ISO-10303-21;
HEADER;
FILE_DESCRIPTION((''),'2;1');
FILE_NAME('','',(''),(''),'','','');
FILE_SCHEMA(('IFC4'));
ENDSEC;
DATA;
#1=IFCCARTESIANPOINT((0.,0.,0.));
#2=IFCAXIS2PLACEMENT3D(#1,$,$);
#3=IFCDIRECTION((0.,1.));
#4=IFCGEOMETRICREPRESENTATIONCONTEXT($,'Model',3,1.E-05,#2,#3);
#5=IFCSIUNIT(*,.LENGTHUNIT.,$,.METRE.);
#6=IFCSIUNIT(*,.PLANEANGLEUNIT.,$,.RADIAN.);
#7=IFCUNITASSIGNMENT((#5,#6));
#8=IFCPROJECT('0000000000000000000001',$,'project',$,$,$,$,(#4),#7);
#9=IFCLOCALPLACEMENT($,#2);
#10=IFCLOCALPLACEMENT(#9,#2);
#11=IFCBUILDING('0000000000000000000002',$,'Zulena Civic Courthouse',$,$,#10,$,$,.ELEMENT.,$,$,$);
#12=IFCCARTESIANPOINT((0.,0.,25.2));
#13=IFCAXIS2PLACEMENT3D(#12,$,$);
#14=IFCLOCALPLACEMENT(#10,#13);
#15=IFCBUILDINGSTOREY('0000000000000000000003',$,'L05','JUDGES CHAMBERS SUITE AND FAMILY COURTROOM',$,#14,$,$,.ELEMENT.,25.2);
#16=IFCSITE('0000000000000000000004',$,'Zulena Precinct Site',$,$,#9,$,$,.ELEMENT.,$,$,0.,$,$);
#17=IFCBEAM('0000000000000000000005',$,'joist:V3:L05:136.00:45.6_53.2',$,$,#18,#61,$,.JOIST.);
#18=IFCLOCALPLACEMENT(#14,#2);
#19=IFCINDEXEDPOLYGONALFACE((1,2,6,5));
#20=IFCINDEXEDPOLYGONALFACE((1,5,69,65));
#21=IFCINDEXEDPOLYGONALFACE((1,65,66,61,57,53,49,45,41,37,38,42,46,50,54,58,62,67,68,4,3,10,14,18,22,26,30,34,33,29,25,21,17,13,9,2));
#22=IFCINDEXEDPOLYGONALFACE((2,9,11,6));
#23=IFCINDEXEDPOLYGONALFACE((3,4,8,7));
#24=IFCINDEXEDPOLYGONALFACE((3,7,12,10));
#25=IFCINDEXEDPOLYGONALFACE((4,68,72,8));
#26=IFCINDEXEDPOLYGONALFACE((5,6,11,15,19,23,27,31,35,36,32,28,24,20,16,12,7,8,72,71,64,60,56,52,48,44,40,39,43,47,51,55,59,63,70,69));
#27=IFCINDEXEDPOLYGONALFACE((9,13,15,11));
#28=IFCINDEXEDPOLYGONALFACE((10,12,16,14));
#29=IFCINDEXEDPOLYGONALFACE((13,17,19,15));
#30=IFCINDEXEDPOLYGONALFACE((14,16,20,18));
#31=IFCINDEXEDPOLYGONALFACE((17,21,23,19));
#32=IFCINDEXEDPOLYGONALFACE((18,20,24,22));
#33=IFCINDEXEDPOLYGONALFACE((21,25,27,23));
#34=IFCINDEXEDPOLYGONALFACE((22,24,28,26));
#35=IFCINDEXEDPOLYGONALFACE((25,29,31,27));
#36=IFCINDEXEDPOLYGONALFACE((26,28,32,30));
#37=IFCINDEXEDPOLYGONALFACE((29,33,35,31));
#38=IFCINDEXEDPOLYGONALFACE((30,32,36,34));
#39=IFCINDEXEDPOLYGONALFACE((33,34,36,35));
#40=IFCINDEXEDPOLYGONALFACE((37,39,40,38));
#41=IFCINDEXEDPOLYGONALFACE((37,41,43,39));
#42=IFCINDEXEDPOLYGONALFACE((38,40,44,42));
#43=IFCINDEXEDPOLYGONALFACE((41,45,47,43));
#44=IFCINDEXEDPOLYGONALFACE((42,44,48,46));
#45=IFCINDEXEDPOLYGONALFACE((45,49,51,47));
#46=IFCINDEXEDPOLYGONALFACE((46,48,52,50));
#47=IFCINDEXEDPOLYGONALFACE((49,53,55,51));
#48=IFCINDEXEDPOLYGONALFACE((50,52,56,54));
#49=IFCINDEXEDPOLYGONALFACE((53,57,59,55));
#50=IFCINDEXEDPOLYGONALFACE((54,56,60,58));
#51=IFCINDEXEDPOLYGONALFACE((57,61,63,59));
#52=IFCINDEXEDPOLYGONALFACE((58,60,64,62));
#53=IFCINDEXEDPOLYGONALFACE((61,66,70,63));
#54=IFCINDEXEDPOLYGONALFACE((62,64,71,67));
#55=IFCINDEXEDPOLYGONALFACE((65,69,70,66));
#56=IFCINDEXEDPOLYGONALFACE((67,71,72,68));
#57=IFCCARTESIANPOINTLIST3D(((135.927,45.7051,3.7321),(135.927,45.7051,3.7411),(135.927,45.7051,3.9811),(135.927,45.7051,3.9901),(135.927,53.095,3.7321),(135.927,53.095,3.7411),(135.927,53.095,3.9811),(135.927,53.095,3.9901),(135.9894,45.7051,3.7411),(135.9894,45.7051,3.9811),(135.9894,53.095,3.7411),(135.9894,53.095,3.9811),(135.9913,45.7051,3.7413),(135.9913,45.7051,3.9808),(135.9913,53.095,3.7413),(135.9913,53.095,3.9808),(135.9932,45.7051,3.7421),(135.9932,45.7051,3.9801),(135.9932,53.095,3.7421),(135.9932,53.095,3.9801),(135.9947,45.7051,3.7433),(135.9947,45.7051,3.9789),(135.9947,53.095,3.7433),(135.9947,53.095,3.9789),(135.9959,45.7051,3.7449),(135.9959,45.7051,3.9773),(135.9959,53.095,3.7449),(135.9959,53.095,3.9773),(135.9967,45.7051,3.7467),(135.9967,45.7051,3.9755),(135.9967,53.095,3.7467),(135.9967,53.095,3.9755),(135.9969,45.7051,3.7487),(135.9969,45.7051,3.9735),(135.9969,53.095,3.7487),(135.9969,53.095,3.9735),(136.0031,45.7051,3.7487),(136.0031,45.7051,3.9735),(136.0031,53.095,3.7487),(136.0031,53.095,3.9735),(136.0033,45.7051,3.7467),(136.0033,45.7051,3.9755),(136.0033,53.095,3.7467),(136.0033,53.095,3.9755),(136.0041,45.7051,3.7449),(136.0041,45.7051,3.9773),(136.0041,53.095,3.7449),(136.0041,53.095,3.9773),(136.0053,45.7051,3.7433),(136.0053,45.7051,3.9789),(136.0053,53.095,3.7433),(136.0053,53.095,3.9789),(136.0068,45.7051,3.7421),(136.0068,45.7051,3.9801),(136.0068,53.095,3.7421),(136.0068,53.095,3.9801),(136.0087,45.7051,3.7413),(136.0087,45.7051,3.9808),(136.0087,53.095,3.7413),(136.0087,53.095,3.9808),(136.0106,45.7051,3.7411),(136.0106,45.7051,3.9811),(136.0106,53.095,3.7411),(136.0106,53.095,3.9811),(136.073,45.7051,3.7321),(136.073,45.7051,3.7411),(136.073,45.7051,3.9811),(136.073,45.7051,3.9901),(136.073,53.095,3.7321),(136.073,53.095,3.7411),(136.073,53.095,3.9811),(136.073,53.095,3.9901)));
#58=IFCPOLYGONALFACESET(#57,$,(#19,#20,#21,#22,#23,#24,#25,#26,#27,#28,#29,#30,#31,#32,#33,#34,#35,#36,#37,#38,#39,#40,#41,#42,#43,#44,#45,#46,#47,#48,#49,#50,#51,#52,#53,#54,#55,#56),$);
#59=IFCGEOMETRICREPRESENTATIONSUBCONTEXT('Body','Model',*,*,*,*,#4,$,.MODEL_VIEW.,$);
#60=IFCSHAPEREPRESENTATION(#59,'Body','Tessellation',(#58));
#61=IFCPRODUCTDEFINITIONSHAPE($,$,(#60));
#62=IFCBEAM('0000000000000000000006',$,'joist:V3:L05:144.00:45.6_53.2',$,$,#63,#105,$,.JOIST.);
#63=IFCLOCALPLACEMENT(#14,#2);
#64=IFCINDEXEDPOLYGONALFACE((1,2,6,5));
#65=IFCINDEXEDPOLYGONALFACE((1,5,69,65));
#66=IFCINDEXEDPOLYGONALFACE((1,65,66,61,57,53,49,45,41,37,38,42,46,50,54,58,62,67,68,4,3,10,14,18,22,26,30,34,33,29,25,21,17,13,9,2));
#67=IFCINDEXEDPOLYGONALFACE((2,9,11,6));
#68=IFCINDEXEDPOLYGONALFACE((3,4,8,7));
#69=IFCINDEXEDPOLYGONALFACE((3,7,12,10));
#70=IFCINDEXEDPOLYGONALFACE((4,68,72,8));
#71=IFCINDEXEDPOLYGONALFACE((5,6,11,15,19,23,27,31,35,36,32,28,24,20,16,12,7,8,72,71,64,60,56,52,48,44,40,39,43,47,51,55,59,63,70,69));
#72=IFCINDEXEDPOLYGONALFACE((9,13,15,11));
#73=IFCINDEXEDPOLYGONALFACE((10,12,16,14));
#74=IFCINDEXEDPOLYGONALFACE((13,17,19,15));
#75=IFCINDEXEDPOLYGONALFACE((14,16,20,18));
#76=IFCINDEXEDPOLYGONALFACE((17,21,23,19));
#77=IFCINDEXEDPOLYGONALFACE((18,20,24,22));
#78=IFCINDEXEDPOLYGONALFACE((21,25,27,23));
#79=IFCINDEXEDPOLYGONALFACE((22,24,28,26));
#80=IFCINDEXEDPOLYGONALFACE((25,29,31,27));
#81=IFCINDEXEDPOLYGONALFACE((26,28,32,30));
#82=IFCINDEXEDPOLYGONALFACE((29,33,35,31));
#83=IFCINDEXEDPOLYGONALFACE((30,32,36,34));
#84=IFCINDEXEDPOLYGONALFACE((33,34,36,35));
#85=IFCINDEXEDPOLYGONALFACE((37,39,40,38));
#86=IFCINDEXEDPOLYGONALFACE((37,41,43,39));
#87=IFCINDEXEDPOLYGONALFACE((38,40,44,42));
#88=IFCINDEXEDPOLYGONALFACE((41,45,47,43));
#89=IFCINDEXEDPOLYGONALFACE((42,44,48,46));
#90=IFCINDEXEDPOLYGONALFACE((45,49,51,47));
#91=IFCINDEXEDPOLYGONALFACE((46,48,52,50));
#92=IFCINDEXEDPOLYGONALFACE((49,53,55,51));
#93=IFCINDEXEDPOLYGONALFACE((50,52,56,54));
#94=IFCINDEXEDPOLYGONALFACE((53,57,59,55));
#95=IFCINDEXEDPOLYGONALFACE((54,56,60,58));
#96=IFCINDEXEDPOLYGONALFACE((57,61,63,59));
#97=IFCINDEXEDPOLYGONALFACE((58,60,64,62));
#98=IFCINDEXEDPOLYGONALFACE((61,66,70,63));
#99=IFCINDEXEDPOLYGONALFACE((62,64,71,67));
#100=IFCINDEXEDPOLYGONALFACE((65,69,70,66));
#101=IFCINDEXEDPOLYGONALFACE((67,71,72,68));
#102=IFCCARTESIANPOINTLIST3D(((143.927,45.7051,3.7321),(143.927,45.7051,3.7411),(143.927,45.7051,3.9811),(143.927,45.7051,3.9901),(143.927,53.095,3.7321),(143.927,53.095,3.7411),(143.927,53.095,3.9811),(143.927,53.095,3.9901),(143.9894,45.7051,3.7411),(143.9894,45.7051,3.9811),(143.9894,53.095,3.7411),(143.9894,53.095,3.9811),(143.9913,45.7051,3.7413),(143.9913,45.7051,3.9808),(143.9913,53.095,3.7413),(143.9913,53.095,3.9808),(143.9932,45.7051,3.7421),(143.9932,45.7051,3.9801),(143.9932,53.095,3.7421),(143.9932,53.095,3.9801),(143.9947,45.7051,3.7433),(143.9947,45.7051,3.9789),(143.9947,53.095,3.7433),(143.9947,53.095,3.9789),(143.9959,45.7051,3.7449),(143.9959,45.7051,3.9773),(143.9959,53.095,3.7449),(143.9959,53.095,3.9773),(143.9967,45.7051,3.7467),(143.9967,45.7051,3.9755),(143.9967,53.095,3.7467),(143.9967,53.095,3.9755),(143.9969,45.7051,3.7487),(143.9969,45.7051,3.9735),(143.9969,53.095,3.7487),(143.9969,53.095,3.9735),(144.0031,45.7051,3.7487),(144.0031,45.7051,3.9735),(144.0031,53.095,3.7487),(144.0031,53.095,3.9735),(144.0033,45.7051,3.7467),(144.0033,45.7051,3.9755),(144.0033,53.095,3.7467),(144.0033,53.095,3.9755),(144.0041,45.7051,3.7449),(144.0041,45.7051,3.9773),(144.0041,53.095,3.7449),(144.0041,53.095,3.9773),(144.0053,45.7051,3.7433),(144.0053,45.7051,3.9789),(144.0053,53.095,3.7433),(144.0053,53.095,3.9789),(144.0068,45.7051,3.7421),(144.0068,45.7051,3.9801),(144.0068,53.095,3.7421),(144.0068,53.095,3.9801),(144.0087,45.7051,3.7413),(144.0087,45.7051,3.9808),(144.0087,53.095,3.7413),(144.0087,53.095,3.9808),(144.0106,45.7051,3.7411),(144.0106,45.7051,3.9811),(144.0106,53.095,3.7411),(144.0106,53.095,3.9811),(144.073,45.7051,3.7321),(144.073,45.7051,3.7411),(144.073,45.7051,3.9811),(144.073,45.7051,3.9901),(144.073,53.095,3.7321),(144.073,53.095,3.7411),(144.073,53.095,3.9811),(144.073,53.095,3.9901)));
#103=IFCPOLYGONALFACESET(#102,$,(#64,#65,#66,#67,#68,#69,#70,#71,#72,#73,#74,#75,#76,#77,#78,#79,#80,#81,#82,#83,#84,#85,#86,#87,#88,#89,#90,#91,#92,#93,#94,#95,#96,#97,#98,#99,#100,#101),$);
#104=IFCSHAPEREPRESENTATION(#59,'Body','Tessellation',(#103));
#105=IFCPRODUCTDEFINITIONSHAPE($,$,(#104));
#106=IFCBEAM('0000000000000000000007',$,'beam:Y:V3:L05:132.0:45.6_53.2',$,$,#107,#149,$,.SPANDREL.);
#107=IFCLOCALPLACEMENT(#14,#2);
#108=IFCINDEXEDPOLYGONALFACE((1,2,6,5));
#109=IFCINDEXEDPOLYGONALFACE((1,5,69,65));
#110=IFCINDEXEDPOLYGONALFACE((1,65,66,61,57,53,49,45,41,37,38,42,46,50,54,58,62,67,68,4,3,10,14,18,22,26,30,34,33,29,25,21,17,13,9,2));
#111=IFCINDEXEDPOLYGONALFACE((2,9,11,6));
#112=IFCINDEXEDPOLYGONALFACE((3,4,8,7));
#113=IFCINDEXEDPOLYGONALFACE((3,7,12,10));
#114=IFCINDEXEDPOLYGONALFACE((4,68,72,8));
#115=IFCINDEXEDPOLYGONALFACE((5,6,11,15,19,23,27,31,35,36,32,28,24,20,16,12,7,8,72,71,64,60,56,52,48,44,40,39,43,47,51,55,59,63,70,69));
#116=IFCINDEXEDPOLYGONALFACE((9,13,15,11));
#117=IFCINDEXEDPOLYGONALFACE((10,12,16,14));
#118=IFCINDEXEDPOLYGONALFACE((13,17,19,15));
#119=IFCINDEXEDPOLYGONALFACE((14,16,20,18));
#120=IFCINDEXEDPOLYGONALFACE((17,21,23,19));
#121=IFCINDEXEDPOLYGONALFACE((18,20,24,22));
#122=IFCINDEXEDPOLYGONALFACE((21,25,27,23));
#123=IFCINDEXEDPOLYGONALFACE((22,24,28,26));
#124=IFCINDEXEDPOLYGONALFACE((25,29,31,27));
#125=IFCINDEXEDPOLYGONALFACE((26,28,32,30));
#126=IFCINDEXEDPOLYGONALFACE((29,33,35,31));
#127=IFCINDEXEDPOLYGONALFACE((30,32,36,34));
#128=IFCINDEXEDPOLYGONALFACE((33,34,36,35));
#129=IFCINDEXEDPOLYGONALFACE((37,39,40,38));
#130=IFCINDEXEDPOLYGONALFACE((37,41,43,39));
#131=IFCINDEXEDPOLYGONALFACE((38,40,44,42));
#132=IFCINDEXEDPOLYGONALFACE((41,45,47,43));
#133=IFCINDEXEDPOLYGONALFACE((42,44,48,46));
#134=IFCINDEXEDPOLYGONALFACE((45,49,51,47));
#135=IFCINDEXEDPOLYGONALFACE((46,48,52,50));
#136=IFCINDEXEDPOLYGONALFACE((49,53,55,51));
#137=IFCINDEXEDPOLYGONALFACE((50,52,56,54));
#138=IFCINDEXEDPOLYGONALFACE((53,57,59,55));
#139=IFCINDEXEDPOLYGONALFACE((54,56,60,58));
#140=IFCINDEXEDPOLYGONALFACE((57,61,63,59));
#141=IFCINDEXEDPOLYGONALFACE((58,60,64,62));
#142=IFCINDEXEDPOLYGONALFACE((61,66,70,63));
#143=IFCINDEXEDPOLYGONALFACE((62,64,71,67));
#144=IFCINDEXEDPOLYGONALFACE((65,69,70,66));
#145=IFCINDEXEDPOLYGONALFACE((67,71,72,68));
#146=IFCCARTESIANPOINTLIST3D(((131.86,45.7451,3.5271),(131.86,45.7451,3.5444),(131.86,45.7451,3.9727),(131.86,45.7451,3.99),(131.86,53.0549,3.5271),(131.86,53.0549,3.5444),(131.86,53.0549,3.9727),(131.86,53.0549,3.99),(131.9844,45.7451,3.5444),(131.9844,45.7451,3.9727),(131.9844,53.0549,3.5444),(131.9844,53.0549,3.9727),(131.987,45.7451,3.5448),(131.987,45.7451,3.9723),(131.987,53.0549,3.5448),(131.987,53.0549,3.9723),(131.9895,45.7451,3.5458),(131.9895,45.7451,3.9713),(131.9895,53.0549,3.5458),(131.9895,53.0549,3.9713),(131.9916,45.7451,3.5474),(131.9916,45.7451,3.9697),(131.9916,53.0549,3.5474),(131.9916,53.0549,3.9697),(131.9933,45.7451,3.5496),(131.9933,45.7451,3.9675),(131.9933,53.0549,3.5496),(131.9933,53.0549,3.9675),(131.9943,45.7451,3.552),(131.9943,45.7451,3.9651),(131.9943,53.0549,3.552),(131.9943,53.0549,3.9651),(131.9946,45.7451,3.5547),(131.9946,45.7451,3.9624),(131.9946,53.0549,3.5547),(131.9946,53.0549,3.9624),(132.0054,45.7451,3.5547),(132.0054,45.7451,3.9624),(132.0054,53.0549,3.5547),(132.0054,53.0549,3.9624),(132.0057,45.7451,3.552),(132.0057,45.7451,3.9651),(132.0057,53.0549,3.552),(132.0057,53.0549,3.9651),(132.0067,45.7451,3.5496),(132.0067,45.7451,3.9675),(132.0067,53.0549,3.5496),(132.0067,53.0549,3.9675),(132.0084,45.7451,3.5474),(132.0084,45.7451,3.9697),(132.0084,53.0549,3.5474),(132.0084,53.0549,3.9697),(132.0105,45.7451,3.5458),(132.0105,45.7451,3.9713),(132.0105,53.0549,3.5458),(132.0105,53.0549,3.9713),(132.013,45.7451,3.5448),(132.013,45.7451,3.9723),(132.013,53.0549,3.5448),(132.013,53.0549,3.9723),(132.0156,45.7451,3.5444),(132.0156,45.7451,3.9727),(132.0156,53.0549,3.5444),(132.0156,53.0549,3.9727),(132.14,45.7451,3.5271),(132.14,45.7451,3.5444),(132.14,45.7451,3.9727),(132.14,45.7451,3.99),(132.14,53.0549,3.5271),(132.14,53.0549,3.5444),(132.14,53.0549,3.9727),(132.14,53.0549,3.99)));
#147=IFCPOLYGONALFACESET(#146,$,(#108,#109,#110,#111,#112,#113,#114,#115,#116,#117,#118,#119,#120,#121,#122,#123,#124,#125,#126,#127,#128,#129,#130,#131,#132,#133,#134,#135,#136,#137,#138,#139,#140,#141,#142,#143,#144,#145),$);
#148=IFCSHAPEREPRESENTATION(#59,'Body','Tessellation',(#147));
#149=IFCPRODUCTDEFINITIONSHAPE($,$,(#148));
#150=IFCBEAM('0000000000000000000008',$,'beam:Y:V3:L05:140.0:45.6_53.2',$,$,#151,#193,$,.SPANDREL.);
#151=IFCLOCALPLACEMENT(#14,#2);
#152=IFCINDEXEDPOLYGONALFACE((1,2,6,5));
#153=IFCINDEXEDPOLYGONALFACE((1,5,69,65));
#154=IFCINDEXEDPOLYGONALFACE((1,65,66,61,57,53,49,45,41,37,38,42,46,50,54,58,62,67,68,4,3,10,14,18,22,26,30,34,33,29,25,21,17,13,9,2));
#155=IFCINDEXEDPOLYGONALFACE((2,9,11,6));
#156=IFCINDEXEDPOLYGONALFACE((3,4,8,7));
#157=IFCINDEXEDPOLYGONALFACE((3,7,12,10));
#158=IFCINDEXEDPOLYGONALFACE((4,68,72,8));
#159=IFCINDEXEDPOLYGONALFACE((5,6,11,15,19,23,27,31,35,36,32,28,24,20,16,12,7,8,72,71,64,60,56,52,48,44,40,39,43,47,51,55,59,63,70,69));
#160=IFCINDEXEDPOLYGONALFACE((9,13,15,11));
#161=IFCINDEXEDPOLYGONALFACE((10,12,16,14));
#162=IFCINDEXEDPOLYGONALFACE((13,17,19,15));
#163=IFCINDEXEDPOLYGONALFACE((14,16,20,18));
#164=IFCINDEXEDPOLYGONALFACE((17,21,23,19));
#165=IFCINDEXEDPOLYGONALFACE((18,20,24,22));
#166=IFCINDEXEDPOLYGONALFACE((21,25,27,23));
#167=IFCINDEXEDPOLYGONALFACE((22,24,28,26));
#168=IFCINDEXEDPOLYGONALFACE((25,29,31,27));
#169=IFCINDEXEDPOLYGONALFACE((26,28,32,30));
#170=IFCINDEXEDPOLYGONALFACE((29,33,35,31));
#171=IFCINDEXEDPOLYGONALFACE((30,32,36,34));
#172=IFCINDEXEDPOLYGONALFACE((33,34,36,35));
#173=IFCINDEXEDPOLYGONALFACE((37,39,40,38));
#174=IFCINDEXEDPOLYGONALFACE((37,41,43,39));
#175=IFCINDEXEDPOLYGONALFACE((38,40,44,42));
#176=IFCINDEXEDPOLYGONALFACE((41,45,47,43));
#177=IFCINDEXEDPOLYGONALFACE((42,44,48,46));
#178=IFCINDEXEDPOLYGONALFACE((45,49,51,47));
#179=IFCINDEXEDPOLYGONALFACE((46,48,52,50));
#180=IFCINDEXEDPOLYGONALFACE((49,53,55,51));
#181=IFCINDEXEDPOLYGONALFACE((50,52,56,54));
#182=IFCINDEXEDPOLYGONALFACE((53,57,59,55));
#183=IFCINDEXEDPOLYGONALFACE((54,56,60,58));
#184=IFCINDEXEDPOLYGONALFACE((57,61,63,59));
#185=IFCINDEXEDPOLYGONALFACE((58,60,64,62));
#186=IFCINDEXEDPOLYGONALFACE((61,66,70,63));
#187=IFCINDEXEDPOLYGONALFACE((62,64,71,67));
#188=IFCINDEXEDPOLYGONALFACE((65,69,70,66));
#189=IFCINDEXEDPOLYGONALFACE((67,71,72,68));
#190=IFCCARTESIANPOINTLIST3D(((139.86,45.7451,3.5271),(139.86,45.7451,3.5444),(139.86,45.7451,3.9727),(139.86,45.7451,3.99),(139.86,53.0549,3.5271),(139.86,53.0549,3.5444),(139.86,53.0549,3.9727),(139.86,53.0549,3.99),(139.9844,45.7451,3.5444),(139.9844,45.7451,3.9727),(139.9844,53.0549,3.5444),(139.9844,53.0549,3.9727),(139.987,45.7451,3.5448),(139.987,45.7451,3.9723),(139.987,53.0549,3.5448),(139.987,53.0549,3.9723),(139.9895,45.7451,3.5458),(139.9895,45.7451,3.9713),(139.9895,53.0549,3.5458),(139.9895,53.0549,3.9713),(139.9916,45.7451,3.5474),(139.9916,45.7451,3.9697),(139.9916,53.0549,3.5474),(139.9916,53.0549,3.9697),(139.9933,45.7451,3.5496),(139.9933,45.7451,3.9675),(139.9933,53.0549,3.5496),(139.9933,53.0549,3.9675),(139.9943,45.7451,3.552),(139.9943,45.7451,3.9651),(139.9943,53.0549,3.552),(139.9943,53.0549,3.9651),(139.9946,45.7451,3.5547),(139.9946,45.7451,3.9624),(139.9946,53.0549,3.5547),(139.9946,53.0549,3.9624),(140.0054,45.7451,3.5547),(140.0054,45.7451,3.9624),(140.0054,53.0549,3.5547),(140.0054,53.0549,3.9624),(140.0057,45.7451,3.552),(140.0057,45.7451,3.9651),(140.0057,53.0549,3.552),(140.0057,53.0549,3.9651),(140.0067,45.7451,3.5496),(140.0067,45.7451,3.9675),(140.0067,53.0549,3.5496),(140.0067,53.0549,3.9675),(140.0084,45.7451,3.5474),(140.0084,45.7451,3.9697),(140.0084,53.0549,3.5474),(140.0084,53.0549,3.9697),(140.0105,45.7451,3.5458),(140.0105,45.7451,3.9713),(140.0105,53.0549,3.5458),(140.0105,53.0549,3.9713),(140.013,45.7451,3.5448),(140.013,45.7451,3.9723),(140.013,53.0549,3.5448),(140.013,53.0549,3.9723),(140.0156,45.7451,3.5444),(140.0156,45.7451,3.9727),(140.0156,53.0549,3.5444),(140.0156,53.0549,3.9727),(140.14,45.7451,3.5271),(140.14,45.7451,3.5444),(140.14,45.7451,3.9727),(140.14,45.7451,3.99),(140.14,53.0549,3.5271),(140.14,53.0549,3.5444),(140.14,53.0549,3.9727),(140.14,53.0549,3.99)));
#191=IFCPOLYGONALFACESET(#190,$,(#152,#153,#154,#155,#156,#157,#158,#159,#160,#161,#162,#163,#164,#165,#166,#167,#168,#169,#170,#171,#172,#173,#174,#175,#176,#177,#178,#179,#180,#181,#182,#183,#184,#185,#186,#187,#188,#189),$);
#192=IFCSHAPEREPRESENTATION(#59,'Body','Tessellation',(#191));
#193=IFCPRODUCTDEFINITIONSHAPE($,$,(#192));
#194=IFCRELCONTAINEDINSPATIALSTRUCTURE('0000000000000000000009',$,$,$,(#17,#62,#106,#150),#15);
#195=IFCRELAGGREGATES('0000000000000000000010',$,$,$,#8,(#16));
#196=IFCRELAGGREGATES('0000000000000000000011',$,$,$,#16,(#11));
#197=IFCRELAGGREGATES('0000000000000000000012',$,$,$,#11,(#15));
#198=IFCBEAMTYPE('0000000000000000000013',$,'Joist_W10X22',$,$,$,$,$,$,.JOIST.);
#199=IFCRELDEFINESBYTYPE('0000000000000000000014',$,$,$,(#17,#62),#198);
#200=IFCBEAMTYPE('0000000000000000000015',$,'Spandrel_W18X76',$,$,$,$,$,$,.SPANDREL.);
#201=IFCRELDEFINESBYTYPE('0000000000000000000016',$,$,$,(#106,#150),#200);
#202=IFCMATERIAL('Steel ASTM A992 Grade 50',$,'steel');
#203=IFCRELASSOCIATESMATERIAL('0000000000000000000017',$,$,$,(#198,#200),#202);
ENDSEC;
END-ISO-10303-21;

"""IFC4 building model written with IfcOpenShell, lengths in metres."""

from ifc_helpers import new_model, si_unit, direction, frame, origin, origin_2d, place, context, subcontext, project, spatial, i_section, extrude, material, material_profile, profile_set, type_object, element, save


model = new_model("IFC4")

# Units and contexts
model_context = context("Model", 3, precision=1e-05, world=origin(), true_north=direction((0.0, 1.0)))
body_context = subcontext(model_context, "Body", "Model", "MODEL_VIEW")
ifc_project = project(units=[si_unit("LENGTHUNIT", "METRE"), si_unit("PLANEANGLEUNIT", "RADIAN")], contexts=[model_context])

# Site, building, storey
site_placement = place(None, origin())
site = spatial("IfcSite", under=ifc_project, at=site_placement, Name="Zulena Precinct Site", CompositionType="ELEMENT", RefElevation=0.0)
building_placement = place(site_placement, origin())
building = spatial("IfcBuilding", under=site, at=building_placement, Name="Zulena Civic Courthouse", CompositionType="ELEMENT")
storey_placement = place(building_placement, frame((0.0, 0.0, 25.2)))
storey = spatial("IfcBuildingStorey", under=building, at=storey_placement, Name="L05", Description="JUDGES CHAMBERS SUITE AND FAMILY COURTROOM", CompositionType="ELEMENT", Elevation=25.2)

# Shared definitions
ifc_material_1 = material(Name="Steel ASTM A992 Grade 50", Category="steel")

# Beams
ifc_material_profile_1 = material_profile(ifc_material_1, i_section(OverallWidth=0.146, OverallDepth=0.2581, WebThickness=0.0061, FlangeThickness=0.009, FilletRadius=0.0076, at=origin_2d()), Name="W10X22")
ifc_profile_set_1 = profile_set([ifc_material_profile_1], Name="Steel ASTM A992 Grade 50")
beam_type_1 = type_object("IfcBeamType", Name="Joist_W10X22", PredefinedType="JOIST", material=ifc_profile_set_1)
for number, where, z_axis, x_axis, name in (
    (1, (136.0, 45.7051, 3.8611), (0.0, 1.0, 0.0), (-1.0, 0.0, 0.0), "joist:V3:L05:136.00:45.6_53.2"),
    (2, (144.0, 45.7051, 3.8611), (0.0, 1.0, 0.0), (-1.0, 0.0, 0.0), "joist:V3:L05:144.00:45.6_53.2"),
):
    element("IfcBeam", number, at=place(storey_placement, frame(where, z_axis=z_axis, x_axis=x_axis)), inside=storey, type_object=beam_type_1, Name=name, PredefinedType="JOIST", context=body_context, shape_type="SweptSolid", body=[
        extrude(i_section(OverallWidth=0.146, OverallDepth=0.2581, WebThickness=0.0061, FlangeThickness=0.009, FilletRadius=0.0076, at=origin_2d()), origin(), (0.0, 0.0, 1.0), 7.3899),
    ])
ifc_material_profile_2 = material_profile(ifc_material_1, i_section(OverallWidth=0.28, OverallDepth=0.4629, WebThickness=0.0107, FlangeThickness=0.0173, FilletRadius=0.0103, at=origin_2d()), Name="W18X76")
ifc_profile_set_2 = profile_set([ifc_material_profile_2], Name="Steel ASTM A992 Grade 50")
beam_type_2 = type_object("IfcBeamType", Name="Spandrel_W18X76", PredefinedType="SPANDREL", material=ifc_profile_set_2)
for number, where, z_axis, x_axis, name in (
    (3, (132.0, 45.7451, 3.7585), (0.0, 1.0, 0.0), (-1.0, 0.0, 0.0), "beam:Y:V3:L05:132.0:45.6_53.2"),
    (4, (140.0, 45.7451, 3.7585), (0.0, 1.0, 0.0), (-1.0, 0.0, 0.0), "beam:Y:V3:L05:140.0:45.6_53.2"),
):
    element("IfcBeam", number, at=place(storey_placement, frame(where, z_axis=z_axis, x_axis=x_axis)), inside=storey, type_object=beam_type_2, Name=name, PredefinedType="SPANDREL", context=body_context, shape_type="SweptSolid", body=[
        extrude(i_section(OverallWidth=0.28, OverallDepth=0.4629, WebThickness=0.0107, FlangeThickness=0.0173, FilletRadius=0.0103, at=origin_2d()), origin(), (0.0, 0.0, 1.0), 7.3098),
    ])

save(model, "model.ifc")
